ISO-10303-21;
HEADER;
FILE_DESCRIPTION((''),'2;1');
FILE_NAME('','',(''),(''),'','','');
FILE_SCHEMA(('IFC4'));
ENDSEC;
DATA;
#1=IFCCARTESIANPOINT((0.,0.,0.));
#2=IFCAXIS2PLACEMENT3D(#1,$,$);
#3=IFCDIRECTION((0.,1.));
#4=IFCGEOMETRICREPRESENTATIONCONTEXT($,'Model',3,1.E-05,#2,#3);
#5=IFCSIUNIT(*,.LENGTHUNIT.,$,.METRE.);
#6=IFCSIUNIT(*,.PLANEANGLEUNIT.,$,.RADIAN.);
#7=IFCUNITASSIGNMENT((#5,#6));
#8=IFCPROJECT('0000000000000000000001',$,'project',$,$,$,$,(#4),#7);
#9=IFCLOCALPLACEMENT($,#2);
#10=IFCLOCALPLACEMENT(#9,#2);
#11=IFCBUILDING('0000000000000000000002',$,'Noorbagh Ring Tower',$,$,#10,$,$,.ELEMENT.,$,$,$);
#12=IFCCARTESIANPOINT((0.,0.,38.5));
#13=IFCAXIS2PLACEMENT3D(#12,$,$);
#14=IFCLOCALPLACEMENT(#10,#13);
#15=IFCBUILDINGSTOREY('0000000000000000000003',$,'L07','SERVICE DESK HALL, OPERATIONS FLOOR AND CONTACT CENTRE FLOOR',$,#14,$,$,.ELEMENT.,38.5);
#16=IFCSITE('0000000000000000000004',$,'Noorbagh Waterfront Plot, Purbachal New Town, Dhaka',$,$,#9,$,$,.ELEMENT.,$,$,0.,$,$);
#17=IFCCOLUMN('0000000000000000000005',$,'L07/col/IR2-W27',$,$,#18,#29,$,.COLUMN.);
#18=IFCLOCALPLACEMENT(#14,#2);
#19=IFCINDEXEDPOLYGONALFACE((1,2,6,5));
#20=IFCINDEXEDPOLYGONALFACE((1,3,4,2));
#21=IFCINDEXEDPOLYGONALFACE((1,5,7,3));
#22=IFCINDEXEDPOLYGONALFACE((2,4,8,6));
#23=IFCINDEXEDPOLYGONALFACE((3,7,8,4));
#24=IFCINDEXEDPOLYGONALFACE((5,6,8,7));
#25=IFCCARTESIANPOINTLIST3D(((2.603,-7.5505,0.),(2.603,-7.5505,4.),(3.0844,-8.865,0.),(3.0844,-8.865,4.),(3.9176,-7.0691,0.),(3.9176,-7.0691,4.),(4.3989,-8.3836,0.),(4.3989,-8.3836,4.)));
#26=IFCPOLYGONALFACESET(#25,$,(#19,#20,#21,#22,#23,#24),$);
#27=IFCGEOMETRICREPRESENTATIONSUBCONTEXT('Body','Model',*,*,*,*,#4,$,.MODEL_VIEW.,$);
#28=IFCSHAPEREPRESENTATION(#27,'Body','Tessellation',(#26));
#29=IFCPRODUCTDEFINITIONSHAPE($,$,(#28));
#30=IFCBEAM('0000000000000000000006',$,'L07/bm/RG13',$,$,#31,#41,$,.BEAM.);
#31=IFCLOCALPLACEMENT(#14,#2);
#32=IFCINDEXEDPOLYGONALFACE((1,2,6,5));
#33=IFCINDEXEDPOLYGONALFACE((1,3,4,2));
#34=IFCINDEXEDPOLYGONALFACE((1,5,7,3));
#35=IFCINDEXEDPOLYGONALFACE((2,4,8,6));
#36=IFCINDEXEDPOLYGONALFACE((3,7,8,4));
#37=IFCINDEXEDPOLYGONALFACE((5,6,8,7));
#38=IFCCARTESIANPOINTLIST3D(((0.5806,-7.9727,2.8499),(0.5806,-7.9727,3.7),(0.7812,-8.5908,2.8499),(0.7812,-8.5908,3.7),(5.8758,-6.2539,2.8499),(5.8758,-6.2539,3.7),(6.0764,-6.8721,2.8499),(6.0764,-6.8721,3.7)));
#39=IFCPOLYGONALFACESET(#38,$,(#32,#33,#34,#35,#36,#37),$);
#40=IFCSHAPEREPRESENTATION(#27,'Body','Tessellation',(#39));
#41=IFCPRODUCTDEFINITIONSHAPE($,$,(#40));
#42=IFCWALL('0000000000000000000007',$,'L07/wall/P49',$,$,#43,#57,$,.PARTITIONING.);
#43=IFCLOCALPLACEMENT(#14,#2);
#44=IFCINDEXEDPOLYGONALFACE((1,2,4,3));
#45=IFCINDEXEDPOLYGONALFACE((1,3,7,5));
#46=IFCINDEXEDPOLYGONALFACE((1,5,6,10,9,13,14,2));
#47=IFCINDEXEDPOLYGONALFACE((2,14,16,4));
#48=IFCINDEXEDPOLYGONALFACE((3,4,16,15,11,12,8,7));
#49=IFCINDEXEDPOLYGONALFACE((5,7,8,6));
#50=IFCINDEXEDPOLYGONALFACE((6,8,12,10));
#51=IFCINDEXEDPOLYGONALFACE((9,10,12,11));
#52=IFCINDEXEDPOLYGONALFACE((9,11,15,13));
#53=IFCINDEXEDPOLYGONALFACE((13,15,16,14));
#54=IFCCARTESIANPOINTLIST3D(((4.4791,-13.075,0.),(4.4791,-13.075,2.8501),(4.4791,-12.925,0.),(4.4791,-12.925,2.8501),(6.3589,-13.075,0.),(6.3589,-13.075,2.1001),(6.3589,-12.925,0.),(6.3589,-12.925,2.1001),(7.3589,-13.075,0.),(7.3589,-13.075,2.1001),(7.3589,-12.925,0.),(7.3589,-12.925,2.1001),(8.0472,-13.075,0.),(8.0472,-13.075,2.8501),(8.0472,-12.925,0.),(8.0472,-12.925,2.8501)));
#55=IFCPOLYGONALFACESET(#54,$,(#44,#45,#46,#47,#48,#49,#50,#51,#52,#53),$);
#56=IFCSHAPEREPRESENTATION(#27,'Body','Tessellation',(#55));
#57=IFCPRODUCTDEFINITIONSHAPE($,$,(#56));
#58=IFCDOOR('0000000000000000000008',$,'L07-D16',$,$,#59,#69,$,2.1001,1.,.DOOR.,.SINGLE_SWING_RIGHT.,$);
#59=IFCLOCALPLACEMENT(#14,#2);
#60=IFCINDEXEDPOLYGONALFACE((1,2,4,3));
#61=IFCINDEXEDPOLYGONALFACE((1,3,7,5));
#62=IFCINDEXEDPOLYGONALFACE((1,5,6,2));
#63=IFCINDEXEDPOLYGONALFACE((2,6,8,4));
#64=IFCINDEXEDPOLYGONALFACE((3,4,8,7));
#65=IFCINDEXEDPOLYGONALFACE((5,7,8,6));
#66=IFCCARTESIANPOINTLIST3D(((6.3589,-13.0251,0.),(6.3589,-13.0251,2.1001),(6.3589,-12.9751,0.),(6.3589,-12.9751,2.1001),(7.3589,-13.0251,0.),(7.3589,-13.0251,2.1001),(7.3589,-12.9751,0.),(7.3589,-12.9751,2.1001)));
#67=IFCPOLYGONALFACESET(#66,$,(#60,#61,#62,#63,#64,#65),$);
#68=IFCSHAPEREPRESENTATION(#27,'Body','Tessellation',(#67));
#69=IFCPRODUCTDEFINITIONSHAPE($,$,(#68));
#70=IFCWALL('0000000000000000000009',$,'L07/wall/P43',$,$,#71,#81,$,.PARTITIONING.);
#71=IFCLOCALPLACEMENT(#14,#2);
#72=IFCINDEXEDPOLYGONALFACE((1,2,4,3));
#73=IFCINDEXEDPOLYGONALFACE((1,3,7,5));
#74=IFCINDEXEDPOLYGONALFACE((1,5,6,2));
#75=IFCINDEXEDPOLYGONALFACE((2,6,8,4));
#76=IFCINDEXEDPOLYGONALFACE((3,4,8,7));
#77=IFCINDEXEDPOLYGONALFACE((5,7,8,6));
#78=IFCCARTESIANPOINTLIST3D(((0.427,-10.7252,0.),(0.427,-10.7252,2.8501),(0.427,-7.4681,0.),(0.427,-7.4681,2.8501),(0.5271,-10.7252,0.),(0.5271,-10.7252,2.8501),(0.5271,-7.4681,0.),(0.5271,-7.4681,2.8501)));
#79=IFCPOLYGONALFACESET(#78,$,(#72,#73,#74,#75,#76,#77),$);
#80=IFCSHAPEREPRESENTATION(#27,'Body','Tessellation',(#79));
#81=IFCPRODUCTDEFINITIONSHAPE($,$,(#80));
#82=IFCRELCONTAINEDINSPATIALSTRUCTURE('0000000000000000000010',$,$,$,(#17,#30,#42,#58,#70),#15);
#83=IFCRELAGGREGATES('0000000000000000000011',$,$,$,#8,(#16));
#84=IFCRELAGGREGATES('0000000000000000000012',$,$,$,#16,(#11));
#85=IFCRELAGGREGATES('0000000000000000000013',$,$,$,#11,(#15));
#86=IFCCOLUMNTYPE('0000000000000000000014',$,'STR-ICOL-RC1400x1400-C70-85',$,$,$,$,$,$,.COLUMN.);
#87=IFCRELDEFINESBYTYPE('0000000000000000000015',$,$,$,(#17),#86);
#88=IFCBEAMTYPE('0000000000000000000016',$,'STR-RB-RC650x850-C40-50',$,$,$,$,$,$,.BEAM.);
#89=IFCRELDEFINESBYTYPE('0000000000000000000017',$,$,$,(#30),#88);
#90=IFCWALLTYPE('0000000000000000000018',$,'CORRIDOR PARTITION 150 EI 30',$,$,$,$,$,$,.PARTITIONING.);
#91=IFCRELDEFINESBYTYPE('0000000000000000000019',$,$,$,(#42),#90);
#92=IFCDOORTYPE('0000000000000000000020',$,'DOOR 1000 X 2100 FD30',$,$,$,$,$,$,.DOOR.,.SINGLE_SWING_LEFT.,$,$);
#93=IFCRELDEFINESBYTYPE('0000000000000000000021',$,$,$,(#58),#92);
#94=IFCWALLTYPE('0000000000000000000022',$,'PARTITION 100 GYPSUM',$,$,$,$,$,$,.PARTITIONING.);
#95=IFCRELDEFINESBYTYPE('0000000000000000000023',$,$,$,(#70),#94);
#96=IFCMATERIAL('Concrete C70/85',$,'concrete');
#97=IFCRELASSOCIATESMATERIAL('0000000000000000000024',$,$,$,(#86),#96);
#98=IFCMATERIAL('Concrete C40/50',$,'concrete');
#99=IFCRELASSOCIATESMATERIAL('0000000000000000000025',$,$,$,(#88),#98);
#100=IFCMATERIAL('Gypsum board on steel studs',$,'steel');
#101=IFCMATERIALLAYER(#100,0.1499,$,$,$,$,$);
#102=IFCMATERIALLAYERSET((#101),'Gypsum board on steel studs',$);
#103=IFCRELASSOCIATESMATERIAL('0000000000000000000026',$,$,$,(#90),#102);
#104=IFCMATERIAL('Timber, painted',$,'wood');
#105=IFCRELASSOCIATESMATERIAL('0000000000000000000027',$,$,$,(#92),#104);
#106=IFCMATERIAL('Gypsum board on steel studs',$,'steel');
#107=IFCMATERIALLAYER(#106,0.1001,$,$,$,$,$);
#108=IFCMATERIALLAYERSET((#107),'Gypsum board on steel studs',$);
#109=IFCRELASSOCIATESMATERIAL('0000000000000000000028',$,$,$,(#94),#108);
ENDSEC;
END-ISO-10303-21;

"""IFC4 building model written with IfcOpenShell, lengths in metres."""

from ifc_helpers import new_model, si_unit, direction, frame, frame_2d, origin, origin_2d, place, context, subcontext, project, spatial, rectangle, extrude, material, layer, layer_set, material_profile, profile_set, type_object, element, fill, save


model = new_model("IFC4")

# Units and contexts
model_context = context("Model", 3, precision=1e-05, world=origin(), true_north=direction((0.0, 1.0)))
body_context = subcontext(model_context, "Body", "Model", "MODEL_VIEW")
ifc_project = project(units=[si_unit("LENGTHUNIT", "METRE"), si_unit("PLANEANGLEUNIT", "RADIAN")], contexts=[model_context])

# Site, building, storey
site_placement = place(None, origin())
site = spatial("IfcSite", under=ifc_project, at=site_placement, Name="Noorbagh Waterfront Plot, Purbachal New Town, Dhaka", CompositionType="ELEMENT", RefElevation=0.0)
building_placement = place(site_placement, origin())
building = spatial("IfcBuilding", under=site, at=building_placement, Name="Noorbagh Ring Tower", CompositionType="ELEMENT")
storey_placement = place(building_placement, frame((0.0, 0.0, 38.5)))
storey = spatial("IfcBuildingStorey", under=building, at=storey_placement, Name="L07", Description="SERVICE DESK HALL, OPERATIONS FLOOR AND CONTACT CENTRE FLOOR", CompositionType="ELEMENT", Elevation=38.5)

# Column
ifc_material_1 = material(Name="Concrete C70/85", Category="concrete")
ifc_material_profile_1 = material_profile(ifc_material_1, rectangle(XDim=1.3999, YDim=1.3999, at=origin_2d()), Name="RC1400x1400")
ifc_profile_set_1 = profile_set([ifc_material_profile_1], Name="Concrete C70/85")
column_type = type_object("IfcColumnType", Name="STR-ICOL-RC1400x1400-C70-85", PredefinedType="COLUMN", material=ifc_profile_set_1)
column_placement = place(storey_placement, frame((3.501, -7.967, 0.0), z_axis=(0.0, 0.0, 1.0), x_axis=(0.93902, 0.343864, 0.0)))
element("IfcColumn", 1, at=column_placement, inside=storey, type_object=column_type, Name="L07/col/IR2-W27", PredefinedType="COLUMN", context=body_context, shape_type="SweptSolid", body=[
    extrude(rectangle(XDim=1.3999, YDim=1.3999, at=origin_2d()), origin(), (0.0, 0.0, 1.0), 4.0),
])

# Beam
ifc_material_2 = material(Name="Concrete C40/50", Category="concrete")
ifc_material_profile_2 = material_profile(ifc_material_2, rectangle(XDim=0.6499, YDim=0.8501, at=origin_2d()), Name="RC650x850")
ifc_profile_set_2 = profile_set([ifc_material_profile_2], Name="Concrete C40/50")
beam_type = type_object("IfcBeamType", Name="STR-RB-RC650x850-C40-50", PredefinedType="BEAM", material=ifc_profile_set_2)
beam_placement = place(storey_placement, frame((0.6809, -8.2817, 3.2749), z_axis=(0.951149, 0.308732, 0.0), x_axis=(-0.308732, 0.951149, 0.0)))
element("IfcBeam", 2, at=beam_placement, inside=storey, type_object=beam_type, Name="L07/bm/RG13", PredefinedType="BEAM", context=body_context, shape_type="SweptSolid", body=[
    extrude(rectangle(XDim=0.6499, YDim=0.8501, at=origin_2d()), origin(), (0.0, 0.0, 1.0), 5.5671),
])

# Wall, opening, door
ifc_material_3 = material(Name="Gypsum board on steel studs", Category="steel")
ifc_layer_1 = layer(ifc_material_3, 0.1499)
ifc_layer_set_1 = layer_set([ifc_layer_1], Name="Gypsum board on steel studs")
wall_type_1 = type_object("IfcWallType", Name="CORRIDOR PARTITION 150 EI 30", PredefinedType="PARTITIONING", material=ifc_layer_set_1)
wall_1_placement = place(storey_placement, frame((4.479, -13.0, 0.0), z_axis=(0.0, 0.0, 1.0), x_axis=(1.0, 0.0, 0.0)))
wall_1 = element("IfcWall", 3, at=wall_1_placement, inside=storey, type_object=wall_type_1, Name="L07/wall/P49", PredefinedType="PARTITIONING", context=body_context, shape_type="SweptSolid", body=[
    extrude(rectangle(XDim=3.5681, YDim=0.1499, at=frame_2d((1.7842, 0.0))), origin(), (0.0, 0.0, 1.0), 2.8501),
])
opening_placement = place(wall_1_placement, frame((1.8799, 0.0, 0.0)))
opening = element("IfcOpeningElement", 4, at=opening_placement, cuts=wall_1, PredefinedType="OPENING", context=body_context, shape_type="SweptSolid", body=[
    extrude(rectangle(XDim=1.0, YDim=2.1001, at=frame_2d((0.5, 1.05))), frame((0.0, 0.085, 0.0), z_axis=(0.0, -1.0, 0.0), x_axis=(1.0, 0.0, 0.0)), (0.0, 0.0, 1.0), 0.1699),
])
ifc_material_4 = material(Name="Timber, painted", Category="wood")
door_type = type_object("IfcDoorType", Name="DOOR 1000 X 2100 FD30", OperationType="SINGLE_SWING_LEFT", PredefinedType="DOOR", material=ifc_material_4)
door_placement = place(opening_placement, origin())
door = element("IfcDoor", 5, at=door_placement, inside=storey, type_object=door_type, Name="L07-D16", OperationType="SINGLE_SWING_RIGHT", OverallHeight=2.1001, OverallWidth=1.0, PredefinedType="DOOR", context=body_context, shape_type="SweptSolid", body=[
    extrude(rectangle(XDim=1.0, YDim=2.1001, at=frame_2d((0.5, 1.05))), frame((0.0, 0.0249, 0.0), z_axis=(0.0, -1.0, 0.0), x_axis=(1.0, 0.0, 0.0)), (0.0, 0.0, 1.0), 0.05),
])
fill(opening, door)

# Wall
ifc_material_5 = material(Name="Gypsum board on steel studs", Category="steel")
ifc_layer_2 = layer(ifc_material_5, 0.1001)
ifc_layer_set_2 = layer_set([ifc_layer_2], Name="Gypsum board on steel studs")
wall_type_2 = type_object("IfcWallType", Name="PARTITION 100 GYPSUM", PredefinedType="PARTITIONING", material=ifc_layer_set_2)
wall_2_placement = place(storey_placement, frame((0.4771, -10.7251, 0.0), z_axis=(0.0, 0.0, 1.0), x_axis=(0.0, 1.0, 0.0)))
element("IfcWall", 6, at=wall_2_placement, inside=storey, type_object=wall_type_2, Name="L07/wall/P43", PredefinedType="PARTITIONING", context=body_context, shape_type="SweptSolid", body=[
    extrude(rectangle(XDim=3.2571, YDim=0.1001, at=frame_2d((1.6284, 0.0))), origin(), (0.0, 0.0, 1.0), 2.8501),
])

save(model, "model.ifc")
